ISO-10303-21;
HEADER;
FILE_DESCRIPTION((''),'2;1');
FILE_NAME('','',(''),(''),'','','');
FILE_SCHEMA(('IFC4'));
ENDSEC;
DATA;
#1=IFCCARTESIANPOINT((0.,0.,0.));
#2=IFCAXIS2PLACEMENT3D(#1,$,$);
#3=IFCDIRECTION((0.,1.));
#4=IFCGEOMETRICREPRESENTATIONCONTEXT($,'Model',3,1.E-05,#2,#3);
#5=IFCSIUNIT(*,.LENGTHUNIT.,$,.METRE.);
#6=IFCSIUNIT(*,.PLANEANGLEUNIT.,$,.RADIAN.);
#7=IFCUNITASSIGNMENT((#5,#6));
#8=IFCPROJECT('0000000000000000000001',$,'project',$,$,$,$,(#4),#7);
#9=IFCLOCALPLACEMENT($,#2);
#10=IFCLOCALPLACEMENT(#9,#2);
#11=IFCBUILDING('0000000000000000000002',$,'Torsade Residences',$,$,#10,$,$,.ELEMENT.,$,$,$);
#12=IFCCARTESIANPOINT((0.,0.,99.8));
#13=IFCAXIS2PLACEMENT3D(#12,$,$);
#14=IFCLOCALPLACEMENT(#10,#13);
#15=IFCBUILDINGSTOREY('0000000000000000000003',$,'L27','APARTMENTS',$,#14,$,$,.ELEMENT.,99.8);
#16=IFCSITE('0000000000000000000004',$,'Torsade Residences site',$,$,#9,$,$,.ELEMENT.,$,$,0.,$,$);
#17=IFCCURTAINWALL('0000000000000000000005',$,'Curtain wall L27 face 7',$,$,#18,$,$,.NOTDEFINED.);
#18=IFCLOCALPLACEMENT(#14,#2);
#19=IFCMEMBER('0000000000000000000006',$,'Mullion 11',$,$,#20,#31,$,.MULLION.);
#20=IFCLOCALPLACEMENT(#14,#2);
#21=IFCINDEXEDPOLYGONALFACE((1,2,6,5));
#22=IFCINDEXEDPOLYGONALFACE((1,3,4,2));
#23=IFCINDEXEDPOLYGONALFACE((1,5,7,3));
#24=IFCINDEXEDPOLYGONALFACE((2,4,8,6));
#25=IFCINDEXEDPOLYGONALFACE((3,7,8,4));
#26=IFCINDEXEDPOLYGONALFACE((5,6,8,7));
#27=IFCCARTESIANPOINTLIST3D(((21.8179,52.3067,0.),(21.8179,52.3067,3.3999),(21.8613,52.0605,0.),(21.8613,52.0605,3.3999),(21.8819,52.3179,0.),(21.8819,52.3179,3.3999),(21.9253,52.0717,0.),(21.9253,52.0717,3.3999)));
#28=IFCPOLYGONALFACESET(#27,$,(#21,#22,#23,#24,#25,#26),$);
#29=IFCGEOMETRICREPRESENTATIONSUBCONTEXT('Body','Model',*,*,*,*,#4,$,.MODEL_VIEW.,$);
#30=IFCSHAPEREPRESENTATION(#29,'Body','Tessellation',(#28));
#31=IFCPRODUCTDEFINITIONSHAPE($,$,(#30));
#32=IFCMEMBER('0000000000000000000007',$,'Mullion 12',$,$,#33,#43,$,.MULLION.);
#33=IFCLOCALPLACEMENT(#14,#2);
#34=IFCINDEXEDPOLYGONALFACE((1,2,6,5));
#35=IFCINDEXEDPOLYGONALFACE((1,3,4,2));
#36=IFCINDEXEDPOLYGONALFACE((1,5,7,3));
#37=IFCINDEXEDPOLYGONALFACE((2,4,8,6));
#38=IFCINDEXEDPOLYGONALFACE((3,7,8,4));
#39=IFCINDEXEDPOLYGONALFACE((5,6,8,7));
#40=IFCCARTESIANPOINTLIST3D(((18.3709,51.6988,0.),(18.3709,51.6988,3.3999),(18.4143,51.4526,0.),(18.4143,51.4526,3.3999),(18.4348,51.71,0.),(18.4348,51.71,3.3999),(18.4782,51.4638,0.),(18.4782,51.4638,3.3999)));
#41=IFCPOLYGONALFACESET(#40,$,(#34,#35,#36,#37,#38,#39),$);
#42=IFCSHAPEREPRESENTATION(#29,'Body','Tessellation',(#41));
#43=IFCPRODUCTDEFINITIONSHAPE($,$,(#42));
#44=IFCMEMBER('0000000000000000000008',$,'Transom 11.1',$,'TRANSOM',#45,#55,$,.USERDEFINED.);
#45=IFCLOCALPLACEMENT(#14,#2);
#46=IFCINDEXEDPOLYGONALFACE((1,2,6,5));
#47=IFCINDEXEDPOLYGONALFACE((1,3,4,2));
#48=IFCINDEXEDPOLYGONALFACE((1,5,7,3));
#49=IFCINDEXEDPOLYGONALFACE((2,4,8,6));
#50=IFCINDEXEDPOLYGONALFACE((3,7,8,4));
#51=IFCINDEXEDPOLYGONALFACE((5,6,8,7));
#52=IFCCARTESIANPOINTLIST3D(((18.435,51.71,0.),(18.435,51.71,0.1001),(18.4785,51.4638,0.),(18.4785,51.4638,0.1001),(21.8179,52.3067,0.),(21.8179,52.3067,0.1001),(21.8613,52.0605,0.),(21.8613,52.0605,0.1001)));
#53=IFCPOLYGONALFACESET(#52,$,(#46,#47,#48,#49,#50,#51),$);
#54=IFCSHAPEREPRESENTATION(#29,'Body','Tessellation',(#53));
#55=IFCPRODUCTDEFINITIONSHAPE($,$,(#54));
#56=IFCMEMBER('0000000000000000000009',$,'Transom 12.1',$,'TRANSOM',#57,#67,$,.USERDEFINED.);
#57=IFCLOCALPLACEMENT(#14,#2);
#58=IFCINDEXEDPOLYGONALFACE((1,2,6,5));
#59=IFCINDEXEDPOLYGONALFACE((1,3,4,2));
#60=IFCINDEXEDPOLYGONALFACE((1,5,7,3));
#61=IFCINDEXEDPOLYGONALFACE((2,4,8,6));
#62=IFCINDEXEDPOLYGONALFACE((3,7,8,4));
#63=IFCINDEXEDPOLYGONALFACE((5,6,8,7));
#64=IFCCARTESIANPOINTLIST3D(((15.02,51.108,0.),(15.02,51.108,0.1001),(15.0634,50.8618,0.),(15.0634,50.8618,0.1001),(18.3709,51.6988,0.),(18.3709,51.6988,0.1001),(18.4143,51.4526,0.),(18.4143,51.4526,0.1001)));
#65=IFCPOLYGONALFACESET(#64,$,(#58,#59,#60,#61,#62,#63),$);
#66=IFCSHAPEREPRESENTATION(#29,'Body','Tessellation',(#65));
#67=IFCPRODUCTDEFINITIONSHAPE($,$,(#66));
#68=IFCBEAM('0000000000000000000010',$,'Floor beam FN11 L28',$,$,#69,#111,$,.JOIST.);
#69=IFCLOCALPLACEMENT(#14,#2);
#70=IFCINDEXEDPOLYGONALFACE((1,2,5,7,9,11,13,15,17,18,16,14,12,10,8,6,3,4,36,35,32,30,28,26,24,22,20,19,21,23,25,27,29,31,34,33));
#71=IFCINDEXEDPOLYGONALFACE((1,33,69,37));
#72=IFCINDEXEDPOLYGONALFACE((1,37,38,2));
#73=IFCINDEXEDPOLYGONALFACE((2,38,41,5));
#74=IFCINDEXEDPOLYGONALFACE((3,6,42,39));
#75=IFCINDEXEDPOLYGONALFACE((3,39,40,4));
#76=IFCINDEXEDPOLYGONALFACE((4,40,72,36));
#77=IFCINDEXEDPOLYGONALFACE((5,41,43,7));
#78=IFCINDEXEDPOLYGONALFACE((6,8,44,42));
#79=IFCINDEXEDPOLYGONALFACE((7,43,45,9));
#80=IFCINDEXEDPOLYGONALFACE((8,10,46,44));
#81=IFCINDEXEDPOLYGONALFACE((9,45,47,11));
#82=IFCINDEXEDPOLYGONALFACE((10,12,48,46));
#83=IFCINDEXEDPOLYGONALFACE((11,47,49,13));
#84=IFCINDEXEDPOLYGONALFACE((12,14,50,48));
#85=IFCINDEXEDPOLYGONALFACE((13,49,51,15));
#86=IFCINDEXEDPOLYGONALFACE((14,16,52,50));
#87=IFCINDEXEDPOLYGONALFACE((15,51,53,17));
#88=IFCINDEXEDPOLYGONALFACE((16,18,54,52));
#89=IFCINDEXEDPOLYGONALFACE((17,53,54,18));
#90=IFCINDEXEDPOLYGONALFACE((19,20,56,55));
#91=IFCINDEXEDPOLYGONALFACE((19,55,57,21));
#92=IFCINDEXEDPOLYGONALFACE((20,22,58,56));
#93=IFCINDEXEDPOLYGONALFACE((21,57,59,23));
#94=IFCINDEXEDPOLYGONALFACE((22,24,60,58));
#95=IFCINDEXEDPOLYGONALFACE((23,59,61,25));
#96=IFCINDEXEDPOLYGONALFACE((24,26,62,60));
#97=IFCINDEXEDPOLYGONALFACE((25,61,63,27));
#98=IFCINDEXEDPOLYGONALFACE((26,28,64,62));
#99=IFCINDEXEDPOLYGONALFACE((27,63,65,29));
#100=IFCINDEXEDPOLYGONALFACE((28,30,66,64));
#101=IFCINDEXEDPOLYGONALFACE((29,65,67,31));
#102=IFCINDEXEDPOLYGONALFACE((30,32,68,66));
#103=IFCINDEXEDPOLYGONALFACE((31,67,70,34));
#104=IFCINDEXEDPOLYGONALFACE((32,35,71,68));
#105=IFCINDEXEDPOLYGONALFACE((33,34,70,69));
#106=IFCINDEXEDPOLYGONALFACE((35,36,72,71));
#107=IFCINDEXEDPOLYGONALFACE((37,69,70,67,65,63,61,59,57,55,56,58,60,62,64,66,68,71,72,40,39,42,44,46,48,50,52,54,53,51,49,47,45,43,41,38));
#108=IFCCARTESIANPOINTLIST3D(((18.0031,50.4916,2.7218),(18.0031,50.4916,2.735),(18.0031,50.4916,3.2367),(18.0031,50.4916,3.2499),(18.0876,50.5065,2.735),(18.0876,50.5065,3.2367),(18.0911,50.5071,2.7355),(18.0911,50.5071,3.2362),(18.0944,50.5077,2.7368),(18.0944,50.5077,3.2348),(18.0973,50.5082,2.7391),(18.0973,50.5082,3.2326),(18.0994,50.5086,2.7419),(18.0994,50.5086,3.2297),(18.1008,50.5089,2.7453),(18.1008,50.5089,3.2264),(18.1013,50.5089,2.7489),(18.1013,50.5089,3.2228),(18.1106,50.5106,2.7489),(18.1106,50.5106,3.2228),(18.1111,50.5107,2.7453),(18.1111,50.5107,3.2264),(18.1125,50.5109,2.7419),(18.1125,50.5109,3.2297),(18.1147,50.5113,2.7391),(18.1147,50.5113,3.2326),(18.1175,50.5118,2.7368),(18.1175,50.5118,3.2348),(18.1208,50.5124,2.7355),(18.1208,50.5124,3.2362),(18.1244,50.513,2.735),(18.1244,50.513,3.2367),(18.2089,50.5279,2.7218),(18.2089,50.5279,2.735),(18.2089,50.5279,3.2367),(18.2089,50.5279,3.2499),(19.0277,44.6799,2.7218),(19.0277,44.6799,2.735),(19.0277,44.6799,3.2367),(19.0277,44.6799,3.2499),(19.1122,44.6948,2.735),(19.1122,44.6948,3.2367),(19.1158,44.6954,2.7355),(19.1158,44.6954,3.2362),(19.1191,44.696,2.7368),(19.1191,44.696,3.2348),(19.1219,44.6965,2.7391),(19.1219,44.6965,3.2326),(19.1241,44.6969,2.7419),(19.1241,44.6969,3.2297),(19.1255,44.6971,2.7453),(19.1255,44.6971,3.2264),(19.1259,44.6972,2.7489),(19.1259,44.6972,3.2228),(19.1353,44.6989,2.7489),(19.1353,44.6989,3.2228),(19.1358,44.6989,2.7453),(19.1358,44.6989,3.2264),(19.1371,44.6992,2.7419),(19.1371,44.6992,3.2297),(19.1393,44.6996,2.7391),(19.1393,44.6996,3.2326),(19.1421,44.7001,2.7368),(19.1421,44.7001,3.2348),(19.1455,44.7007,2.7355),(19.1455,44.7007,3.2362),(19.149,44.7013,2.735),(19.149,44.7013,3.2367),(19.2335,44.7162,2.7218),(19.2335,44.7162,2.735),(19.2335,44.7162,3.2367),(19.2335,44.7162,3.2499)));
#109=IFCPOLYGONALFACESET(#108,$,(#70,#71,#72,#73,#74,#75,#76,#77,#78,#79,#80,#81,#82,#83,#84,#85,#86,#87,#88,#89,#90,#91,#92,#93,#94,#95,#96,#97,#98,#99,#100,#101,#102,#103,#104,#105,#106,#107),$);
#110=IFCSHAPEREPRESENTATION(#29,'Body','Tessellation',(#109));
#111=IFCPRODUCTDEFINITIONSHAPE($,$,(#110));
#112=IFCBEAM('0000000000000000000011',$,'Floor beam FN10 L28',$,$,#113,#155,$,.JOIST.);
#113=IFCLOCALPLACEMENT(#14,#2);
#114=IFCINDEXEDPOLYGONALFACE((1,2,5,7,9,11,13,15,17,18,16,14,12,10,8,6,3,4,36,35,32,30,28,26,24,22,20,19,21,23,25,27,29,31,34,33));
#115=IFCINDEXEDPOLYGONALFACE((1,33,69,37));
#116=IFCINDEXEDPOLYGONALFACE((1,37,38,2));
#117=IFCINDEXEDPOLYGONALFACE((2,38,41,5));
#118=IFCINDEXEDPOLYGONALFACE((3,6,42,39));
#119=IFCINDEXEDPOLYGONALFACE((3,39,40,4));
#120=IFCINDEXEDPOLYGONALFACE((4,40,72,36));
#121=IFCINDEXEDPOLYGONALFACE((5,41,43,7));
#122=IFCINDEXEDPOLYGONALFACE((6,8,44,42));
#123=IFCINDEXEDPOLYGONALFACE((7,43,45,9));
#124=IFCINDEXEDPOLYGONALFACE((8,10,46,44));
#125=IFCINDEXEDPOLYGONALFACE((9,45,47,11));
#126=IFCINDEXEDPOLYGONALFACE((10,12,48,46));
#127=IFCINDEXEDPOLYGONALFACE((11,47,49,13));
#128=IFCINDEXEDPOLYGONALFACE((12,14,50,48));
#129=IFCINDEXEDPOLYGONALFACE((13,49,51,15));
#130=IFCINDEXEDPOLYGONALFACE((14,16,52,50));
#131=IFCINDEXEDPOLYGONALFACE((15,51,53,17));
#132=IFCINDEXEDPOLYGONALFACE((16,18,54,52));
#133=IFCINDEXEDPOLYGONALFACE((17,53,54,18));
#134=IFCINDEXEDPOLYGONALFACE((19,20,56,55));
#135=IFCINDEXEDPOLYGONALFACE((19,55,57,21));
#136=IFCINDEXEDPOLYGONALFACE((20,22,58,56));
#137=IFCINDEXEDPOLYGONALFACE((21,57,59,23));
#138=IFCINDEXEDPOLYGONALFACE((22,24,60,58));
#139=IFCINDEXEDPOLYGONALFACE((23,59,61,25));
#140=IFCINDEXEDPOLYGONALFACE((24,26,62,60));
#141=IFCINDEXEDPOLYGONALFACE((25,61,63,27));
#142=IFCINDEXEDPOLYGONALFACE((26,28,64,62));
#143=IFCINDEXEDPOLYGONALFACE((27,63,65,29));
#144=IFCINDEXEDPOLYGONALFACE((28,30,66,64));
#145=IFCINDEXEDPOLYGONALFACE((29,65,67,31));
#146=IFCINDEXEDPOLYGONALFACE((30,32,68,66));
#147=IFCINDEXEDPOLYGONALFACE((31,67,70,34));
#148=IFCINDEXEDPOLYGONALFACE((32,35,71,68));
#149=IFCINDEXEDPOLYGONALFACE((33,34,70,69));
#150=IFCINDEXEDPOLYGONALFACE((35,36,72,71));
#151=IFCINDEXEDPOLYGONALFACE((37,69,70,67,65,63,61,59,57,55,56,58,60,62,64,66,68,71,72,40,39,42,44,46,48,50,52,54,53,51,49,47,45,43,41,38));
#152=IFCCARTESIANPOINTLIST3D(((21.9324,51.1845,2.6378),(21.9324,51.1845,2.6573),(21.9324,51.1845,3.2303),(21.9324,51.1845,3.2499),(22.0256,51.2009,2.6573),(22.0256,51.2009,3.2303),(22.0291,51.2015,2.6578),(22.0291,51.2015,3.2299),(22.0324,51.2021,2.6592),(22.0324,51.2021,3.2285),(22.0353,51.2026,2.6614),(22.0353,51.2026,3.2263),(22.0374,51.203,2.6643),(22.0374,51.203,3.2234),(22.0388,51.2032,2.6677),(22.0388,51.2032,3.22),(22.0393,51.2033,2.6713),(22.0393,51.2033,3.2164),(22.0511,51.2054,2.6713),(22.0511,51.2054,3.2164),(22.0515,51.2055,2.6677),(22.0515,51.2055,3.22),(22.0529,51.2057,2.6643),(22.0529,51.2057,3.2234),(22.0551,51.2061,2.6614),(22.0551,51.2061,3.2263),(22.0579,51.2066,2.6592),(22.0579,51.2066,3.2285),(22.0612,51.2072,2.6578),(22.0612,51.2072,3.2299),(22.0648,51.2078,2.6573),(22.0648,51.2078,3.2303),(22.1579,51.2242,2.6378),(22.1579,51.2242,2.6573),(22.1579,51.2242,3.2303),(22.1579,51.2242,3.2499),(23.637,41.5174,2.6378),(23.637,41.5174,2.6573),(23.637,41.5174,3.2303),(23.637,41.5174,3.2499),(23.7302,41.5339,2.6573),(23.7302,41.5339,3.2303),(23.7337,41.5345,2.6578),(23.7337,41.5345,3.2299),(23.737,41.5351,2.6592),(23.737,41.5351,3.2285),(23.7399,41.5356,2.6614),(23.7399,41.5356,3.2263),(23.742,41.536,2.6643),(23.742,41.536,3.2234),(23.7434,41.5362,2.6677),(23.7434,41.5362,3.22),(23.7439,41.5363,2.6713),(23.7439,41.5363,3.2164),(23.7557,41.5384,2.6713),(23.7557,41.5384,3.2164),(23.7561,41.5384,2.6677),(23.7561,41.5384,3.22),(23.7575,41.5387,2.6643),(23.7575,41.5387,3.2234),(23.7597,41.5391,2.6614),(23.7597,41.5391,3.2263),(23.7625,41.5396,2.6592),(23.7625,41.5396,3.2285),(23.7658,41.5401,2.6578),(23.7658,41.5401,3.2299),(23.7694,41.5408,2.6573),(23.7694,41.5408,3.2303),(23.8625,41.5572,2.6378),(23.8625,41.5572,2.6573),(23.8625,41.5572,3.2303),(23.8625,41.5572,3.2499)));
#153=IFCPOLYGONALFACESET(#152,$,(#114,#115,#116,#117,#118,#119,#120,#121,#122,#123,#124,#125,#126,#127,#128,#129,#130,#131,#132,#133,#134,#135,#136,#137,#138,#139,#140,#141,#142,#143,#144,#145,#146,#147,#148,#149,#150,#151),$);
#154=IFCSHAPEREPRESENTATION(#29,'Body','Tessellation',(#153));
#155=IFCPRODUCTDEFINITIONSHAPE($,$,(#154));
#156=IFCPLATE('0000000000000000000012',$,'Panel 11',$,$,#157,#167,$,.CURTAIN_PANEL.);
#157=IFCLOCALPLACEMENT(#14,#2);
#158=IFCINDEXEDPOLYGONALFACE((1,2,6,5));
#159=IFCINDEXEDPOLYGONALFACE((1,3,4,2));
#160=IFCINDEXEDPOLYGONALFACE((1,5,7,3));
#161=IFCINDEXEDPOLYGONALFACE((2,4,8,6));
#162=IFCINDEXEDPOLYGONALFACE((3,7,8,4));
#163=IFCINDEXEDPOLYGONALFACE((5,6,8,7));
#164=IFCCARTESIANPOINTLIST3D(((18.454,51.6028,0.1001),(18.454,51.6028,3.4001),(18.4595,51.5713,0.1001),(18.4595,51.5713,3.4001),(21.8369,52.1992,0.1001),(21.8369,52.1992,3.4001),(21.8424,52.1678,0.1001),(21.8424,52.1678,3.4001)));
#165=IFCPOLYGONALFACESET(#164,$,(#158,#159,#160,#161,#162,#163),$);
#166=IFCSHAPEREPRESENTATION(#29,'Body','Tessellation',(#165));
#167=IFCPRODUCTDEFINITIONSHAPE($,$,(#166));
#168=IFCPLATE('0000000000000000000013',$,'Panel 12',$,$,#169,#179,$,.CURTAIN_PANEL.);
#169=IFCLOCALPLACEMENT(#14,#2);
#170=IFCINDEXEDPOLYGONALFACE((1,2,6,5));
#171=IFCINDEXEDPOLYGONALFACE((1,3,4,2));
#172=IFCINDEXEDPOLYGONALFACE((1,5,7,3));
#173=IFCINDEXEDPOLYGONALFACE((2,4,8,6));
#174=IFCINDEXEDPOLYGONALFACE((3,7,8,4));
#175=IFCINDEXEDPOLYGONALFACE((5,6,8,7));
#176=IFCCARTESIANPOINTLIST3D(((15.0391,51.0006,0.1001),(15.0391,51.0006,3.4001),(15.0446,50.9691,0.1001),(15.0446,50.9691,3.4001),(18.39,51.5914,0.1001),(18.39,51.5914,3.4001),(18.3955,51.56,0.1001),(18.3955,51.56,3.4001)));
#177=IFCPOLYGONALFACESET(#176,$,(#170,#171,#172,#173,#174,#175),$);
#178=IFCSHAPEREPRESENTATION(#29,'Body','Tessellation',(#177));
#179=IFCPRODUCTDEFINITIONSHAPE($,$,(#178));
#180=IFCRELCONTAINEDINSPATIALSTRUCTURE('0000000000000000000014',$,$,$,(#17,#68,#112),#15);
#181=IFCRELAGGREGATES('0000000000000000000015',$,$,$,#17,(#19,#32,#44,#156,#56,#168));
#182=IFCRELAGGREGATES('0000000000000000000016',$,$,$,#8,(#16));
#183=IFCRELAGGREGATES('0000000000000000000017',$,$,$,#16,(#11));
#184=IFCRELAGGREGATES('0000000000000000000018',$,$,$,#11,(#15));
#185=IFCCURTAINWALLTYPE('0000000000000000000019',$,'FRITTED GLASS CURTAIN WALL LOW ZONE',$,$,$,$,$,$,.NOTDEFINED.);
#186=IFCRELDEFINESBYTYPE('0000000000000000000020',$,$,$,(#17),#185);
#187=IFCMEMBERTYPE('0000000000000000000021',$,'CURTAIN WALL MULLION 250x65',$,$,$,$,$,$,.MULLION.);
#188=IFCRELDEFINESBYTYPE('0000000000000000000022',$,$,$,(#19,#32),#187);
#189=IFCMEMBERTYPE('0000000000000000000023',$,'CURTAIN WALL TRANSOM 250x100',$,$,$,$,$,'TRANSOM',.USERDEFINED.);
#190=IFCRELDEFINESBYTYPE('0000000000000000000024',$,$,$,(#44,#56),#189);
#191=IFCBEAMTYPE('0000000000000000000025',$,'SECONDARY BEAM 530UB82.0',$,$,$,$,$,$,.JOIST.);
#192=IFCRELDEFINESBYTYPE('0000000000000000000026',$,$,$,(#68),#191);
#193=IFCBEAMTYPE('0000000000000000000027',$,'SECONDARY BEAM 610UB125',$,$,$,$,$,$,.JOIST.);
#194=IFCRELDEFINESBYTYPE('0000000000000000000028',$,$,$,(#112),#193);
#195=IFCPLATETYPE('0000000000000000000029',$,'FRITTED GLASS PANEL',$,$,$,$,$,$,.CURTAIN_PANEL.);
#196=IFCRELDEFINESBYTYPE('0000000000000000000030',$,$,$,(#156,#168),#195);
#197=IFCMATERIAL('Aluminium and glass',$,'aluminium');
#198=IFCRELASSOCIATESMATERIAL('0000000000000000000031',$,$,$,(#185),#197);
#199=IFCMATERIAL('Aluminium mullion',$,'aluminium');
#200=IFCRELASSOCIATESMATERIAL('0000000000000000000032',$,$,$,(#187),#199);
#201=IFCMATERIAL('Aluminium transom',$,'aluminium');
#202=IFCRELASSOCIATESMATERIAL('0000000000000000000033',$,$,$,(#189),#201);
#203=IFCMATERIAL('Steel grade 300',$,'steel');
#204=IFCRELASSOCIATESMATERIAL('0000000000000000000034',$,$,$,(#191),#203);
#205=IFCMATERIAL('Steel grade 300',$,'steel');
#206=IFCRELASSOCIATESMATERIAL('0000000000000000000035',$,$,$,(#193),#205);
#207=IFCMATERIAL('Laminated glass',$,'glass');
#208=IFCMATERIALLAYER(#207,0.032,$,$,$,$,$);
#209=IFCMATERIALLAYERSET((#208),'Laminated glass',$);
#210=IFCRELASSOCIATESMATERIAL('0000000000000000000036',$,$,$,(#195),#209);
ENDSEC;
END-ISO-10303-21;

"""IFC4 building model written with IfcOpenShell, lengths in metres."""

from ifc_helpers import new_model, si_unit, direction, frame, origin, origin_2d, place, context, subcontext, project, spatial, rectangle, i_section, extrude, material, layer, layer_set, material_profile, profile_set, type_object, element, aggregate, save


model = new_model("IFC4")

# Units and contexts
model_context = context("Model", 3, precision=1e-05, world=origin(), true_north=direction((0.0, 1.0)))
body_context = subcontext(model_context, "Body", "Model", "MODEL_VIEW")
ifc_project = project(units=[si_unit("LENGTHUNIT", "METRE"), si_unit("PLANEANGLEUNIT", "RADIAN")], contexts=[model_context])

# Site, building, storey
site_placement = place(None, origin())
site = spatial("IfcSite", under=ifc_project, at=site_placement, Name="Torsade Residences site", CompositionType="ELEMENT", RefElevation=0.0)
building_placement = place(site_placement, origin())
building = spatial("IfcBuilding", under=site, at=building_placement, Name="Torsade Residences", CompositionType="ELEMENT")
storey_placement = place(building_placement, frame((0.0, 0.0, 99.8)))
storey = spatial("IfcBuildingStorey", under=building, at=storey_placement, Name="L27", Description="APARTMENTS", CompositionType="ELEMENT", Elevation=99.8)

# Curtain wall, members
ifc_material_1 = material(Name="Aluminium and glass", Category="aluminium")
curtain_wall_type = type_object("IfcCurtainWallType", Name="FRITTED GLASS CURTAIN WALL LOW ZONE", PredefinedType="NOTDEFINED", material=ifc_material_1)
curtain_wall_placement = place(storey_placement, origin())
curtain_wall = element("IfcCurtainWall", 1, at=curtain_wall_placement, inside=storey, type_object=curtain_wall_type, Name="Curtain wall L27 face 7", PredefinedType="NOTDEFINED")
ifc_material_2 = material(Name="Aluminium mullion", Category="aluminium")
ifc_material_profile_1 = material_profile(ifc_material_2, rectangle(XDim=0.25, YDim=0.0649, at=origin_2d()), Name="CURTAIN WALL MULLION 250x65")
ifc_profile_set_1 = profile_set([ifc_material_profile_1], Name="Aluminium mullion")
member_type_1 = type_object("IfcMemberType", Name="CURTAIN WALL MULLION 250x65", PredefinedType="MULLION", material=ifc_profile_set_1)
member_1_placement = place(storey_placement, frame((21.8716, 52.1892, 0.0), z_axis=(0.0, 0.0, 1.0), x_axis=(0.173648, -0.984808, 0.0)))
member_1 = element("IfcMember", 2, at=member_1_placement, type_object=member_type_1, Name="Mullion 11", PredefinedType="MULLION", context=body_context, shape_type="SweptSolid", body=[
    extrude(rectangle(XDim=0.25, YDim=0.0649, at=origin_2d()), origin(), (0.0, 0.0, 1.0), 3.3999),
])
member_2_placement = place(storey_placement, frame((18.4246, 51.5813, 0.0), z_axis=(0.0, 0.0, 1.0), x_axis=(0.173648, -0.984808, 0.0)))
member_2 = element("IfcMember", 3, at=member_2_placement, type_object=member_type_1, Name="Mullion 12", PredefinedType="MULLION", context=body_context, shape_type="SweptSolid", body=[
    extrude(rectangle(XDim=0.25, YDim=0.0649, at=origin_2d()), origin(), (0.0, 0.0, 1.0), 3.3999),
])
ifc_material_3 = material(Name="Aluminium transom", Category="aluminium")
ifc_material_profile_2 = material_profile(ifc_material_3, rectangle(XDim=0.25, YDim=0.1001, at=origin_2d()), Name="CURTAIN WALL TRANSOM 250x100")
ifc_profile_set_2 = profile_set([ifc_material_profile_2], Name="Aluminium transom")
member_type_2 = type_object("IfcMemberType", Name="CURTAIN WALL TRANSOM 250x100", ElementType="TRANSOM", PredefinedType="USERDEFINED", material=ifc_profile_set_2)
member_3_placement = place(storey_placement, frame((21.8396, 52.1836, 0.05), z_axis=(-0.984798, -0.173704, 0.0), x_axis=(0.173704, -0.984798, 0.0)))
member_3 = element("IfcMember", 4, at=member_3_placement, type_object=member_type_2, Name="Transom 11.1", ObjectType="TRANSOM", PredefinedType="USERDEFINED", context=body_context, shape_type="SweptSolid", body=[
    extrude(rectangle(XDim=0.25, YDim=0.1001, at=origin_2d()), origin(), (0.0, 0.0, 1.0), 3.4351),
])
member_4_placement = place(storey_placement, frame((18.3926, 51.5757, 0.05), z_axis=(-0.984809, -0.173642, 0.0), x_axis=(0.173642, -0.984809, 0.0)))
member_4 = element("IfcMember", 5, at=member_4_placement, type_object=member_type_2, Name="Transom 12.1", ObjectType="TRANSOM", PredefinedType="USERDEFINED", context=body_context, shape_type="SweptSolid", body=[
    extrude(rectangle(XDim=0.25, YDim=0.1001, at=origin_2d()), origin(), (0.0, 0.0, 1.0), 3.4026),
])

# Beams
ifc_material_4 = material(Name="Steel grade 300", Category="steel")
ifc_material_profile_3 = material_profile(ifc_material_4, i_section(OverallWidth=0.209, OverallDepth=0.5281, WebThickness=0.0095, FlangeThickness=0.0132, FilletRadius=0.0139, at=origin_2d()), Name="530UB82.0")
ifc_profile_set_3 = profile_set([ifc_material_profile_3], Name="Steel grade 300")
beam_type_1 = type_object("IfcBeamType", Name="SECONDARY BEAM 530UB82.0", PredefinedType="JOIST", material=ifc_profile_set_3)
beam_1_placement = place(storey_placement, frame((18.106, 50.5098, 2.9858), z_axis=(0.17363, -0.984811, 0.0), x_axis=(0.984811, 0.17363, 0.0)))
element("IfcBeam", 6, at=beam_1_placement, inside=storey, type_object=beam_type_1, Name="Floor beam FN11 L28", PredefinedType="JOIST", context=body_context, shape_type="SweptSolid", body=[
    extrude(i_section(OverallWidth=0.209, OverallDepth=0.5281, WebThickness=0.0095, FlangeThickness=0.0132, FilletRadius=0.0139, at=origin_2d()), origin(), (0.0, 0.0, 1.0), 5.9014),
])
ifc_material_5 = material(Name="Steel grade 300", Category="steel")
ifc_material_profile_4 = material_profile(ifc_material_5, i_section(OverallWidth=0.229, OverallDepth=0.6121, WebThickness=0.012, FlangeThickness=0.0195, FilletRadius=0.0139, at=origin_2d()), Name="610UB125")
ifc_profile_set_4 = profile_set([ifc_material_profile_4], Name="Steel grade 300")
beam_type_2 = type_object("IfcBeamType", Name="SECONDARY BEAM 610UB125", PredefinedType="JOIST", material=ifc_profile_set_4)
beam_2_placement = place(storey_placement, frame((22.0452, 51.2043, 2.9438), z_axis=(0.173652, -0.984807, 0.0), x_axis=(0.984807, 0.173652, 0.0)))
element("IfcBeam", 7, at=beam_2_placement, inside=storey, type_object=beam_type_2, Name="Floor beam FN10 L28", PredefinedType="JOIST", context=body_context, shape_type="SweptSolid", body=[
    extrude(i_section(OverallWidth=0.229, OverallDepth=0.6121, WebThickness=0.012, FlangeThickness=0.0195, FilletRadius=0.0139, at=origin_2d()), origin(), (0.0, 0.0, 1.0), 9.8162),
])

# Plates
ifc_material_6 = material(Name="Laminated glass", Category="glass")
ifc_layer_1 = layer(ifc_material_6, 0.032)
ifc_layer_set_1 = layer_set([ifc_layer_1], Name="Laminated glass")
plate_type_1 = type_object("IfcPlateType", Name="FRITTED GLASS PANEL", PredefinedType="CURTAIN_PANEL", material=ifc_layer_set_1)
plate_1_placement = place(storey_placement, frame((20.1482, 51.8853, 0.1001), z_axis=(0.0, 0.0, 1.0), x_axis=(-0.984808, -0.173648, 0.0)))
plate_1 = element("IfcPlate", 8, at=plate_1_placement, type_object=plate_type_1, Name="Panel 11", PredefinedType="CURTAIN_PANEL", context=body_context, shape_type="SweptSolid", body=[
    extrude(rectangle(XDim=3.4351, YDim=0.032, at=origin_2d()), origin(), (0.0, 0.0, 1.0), 3.3),
])
plate_2_placement = place(storey_placement, frame((16.7173, 51.2803, 0.1001), z_axis=(0.0, 0.0, 1.0), x_axis=(-0.984808, -0.173648, 0.0)))
plate_2 = element("IfcPlate", 9, at=plate_2_placement, type_object=plate_type_1, Name="Panel 12", PredefinedType="CURTAIN_PANEL", context=body_context, shape_type="SweptSolid", body=[
    extrude(rectangle(XDim=3.4026, YDim=0.032, at=origin_2d()), origin(), (0.0, 0.0, 1.0), 3.3),
])
aggregate(curtain_wall, [member_1, member_2, member_3, plate_1, member_4, plate_2])

save(model, "model.ifc")
